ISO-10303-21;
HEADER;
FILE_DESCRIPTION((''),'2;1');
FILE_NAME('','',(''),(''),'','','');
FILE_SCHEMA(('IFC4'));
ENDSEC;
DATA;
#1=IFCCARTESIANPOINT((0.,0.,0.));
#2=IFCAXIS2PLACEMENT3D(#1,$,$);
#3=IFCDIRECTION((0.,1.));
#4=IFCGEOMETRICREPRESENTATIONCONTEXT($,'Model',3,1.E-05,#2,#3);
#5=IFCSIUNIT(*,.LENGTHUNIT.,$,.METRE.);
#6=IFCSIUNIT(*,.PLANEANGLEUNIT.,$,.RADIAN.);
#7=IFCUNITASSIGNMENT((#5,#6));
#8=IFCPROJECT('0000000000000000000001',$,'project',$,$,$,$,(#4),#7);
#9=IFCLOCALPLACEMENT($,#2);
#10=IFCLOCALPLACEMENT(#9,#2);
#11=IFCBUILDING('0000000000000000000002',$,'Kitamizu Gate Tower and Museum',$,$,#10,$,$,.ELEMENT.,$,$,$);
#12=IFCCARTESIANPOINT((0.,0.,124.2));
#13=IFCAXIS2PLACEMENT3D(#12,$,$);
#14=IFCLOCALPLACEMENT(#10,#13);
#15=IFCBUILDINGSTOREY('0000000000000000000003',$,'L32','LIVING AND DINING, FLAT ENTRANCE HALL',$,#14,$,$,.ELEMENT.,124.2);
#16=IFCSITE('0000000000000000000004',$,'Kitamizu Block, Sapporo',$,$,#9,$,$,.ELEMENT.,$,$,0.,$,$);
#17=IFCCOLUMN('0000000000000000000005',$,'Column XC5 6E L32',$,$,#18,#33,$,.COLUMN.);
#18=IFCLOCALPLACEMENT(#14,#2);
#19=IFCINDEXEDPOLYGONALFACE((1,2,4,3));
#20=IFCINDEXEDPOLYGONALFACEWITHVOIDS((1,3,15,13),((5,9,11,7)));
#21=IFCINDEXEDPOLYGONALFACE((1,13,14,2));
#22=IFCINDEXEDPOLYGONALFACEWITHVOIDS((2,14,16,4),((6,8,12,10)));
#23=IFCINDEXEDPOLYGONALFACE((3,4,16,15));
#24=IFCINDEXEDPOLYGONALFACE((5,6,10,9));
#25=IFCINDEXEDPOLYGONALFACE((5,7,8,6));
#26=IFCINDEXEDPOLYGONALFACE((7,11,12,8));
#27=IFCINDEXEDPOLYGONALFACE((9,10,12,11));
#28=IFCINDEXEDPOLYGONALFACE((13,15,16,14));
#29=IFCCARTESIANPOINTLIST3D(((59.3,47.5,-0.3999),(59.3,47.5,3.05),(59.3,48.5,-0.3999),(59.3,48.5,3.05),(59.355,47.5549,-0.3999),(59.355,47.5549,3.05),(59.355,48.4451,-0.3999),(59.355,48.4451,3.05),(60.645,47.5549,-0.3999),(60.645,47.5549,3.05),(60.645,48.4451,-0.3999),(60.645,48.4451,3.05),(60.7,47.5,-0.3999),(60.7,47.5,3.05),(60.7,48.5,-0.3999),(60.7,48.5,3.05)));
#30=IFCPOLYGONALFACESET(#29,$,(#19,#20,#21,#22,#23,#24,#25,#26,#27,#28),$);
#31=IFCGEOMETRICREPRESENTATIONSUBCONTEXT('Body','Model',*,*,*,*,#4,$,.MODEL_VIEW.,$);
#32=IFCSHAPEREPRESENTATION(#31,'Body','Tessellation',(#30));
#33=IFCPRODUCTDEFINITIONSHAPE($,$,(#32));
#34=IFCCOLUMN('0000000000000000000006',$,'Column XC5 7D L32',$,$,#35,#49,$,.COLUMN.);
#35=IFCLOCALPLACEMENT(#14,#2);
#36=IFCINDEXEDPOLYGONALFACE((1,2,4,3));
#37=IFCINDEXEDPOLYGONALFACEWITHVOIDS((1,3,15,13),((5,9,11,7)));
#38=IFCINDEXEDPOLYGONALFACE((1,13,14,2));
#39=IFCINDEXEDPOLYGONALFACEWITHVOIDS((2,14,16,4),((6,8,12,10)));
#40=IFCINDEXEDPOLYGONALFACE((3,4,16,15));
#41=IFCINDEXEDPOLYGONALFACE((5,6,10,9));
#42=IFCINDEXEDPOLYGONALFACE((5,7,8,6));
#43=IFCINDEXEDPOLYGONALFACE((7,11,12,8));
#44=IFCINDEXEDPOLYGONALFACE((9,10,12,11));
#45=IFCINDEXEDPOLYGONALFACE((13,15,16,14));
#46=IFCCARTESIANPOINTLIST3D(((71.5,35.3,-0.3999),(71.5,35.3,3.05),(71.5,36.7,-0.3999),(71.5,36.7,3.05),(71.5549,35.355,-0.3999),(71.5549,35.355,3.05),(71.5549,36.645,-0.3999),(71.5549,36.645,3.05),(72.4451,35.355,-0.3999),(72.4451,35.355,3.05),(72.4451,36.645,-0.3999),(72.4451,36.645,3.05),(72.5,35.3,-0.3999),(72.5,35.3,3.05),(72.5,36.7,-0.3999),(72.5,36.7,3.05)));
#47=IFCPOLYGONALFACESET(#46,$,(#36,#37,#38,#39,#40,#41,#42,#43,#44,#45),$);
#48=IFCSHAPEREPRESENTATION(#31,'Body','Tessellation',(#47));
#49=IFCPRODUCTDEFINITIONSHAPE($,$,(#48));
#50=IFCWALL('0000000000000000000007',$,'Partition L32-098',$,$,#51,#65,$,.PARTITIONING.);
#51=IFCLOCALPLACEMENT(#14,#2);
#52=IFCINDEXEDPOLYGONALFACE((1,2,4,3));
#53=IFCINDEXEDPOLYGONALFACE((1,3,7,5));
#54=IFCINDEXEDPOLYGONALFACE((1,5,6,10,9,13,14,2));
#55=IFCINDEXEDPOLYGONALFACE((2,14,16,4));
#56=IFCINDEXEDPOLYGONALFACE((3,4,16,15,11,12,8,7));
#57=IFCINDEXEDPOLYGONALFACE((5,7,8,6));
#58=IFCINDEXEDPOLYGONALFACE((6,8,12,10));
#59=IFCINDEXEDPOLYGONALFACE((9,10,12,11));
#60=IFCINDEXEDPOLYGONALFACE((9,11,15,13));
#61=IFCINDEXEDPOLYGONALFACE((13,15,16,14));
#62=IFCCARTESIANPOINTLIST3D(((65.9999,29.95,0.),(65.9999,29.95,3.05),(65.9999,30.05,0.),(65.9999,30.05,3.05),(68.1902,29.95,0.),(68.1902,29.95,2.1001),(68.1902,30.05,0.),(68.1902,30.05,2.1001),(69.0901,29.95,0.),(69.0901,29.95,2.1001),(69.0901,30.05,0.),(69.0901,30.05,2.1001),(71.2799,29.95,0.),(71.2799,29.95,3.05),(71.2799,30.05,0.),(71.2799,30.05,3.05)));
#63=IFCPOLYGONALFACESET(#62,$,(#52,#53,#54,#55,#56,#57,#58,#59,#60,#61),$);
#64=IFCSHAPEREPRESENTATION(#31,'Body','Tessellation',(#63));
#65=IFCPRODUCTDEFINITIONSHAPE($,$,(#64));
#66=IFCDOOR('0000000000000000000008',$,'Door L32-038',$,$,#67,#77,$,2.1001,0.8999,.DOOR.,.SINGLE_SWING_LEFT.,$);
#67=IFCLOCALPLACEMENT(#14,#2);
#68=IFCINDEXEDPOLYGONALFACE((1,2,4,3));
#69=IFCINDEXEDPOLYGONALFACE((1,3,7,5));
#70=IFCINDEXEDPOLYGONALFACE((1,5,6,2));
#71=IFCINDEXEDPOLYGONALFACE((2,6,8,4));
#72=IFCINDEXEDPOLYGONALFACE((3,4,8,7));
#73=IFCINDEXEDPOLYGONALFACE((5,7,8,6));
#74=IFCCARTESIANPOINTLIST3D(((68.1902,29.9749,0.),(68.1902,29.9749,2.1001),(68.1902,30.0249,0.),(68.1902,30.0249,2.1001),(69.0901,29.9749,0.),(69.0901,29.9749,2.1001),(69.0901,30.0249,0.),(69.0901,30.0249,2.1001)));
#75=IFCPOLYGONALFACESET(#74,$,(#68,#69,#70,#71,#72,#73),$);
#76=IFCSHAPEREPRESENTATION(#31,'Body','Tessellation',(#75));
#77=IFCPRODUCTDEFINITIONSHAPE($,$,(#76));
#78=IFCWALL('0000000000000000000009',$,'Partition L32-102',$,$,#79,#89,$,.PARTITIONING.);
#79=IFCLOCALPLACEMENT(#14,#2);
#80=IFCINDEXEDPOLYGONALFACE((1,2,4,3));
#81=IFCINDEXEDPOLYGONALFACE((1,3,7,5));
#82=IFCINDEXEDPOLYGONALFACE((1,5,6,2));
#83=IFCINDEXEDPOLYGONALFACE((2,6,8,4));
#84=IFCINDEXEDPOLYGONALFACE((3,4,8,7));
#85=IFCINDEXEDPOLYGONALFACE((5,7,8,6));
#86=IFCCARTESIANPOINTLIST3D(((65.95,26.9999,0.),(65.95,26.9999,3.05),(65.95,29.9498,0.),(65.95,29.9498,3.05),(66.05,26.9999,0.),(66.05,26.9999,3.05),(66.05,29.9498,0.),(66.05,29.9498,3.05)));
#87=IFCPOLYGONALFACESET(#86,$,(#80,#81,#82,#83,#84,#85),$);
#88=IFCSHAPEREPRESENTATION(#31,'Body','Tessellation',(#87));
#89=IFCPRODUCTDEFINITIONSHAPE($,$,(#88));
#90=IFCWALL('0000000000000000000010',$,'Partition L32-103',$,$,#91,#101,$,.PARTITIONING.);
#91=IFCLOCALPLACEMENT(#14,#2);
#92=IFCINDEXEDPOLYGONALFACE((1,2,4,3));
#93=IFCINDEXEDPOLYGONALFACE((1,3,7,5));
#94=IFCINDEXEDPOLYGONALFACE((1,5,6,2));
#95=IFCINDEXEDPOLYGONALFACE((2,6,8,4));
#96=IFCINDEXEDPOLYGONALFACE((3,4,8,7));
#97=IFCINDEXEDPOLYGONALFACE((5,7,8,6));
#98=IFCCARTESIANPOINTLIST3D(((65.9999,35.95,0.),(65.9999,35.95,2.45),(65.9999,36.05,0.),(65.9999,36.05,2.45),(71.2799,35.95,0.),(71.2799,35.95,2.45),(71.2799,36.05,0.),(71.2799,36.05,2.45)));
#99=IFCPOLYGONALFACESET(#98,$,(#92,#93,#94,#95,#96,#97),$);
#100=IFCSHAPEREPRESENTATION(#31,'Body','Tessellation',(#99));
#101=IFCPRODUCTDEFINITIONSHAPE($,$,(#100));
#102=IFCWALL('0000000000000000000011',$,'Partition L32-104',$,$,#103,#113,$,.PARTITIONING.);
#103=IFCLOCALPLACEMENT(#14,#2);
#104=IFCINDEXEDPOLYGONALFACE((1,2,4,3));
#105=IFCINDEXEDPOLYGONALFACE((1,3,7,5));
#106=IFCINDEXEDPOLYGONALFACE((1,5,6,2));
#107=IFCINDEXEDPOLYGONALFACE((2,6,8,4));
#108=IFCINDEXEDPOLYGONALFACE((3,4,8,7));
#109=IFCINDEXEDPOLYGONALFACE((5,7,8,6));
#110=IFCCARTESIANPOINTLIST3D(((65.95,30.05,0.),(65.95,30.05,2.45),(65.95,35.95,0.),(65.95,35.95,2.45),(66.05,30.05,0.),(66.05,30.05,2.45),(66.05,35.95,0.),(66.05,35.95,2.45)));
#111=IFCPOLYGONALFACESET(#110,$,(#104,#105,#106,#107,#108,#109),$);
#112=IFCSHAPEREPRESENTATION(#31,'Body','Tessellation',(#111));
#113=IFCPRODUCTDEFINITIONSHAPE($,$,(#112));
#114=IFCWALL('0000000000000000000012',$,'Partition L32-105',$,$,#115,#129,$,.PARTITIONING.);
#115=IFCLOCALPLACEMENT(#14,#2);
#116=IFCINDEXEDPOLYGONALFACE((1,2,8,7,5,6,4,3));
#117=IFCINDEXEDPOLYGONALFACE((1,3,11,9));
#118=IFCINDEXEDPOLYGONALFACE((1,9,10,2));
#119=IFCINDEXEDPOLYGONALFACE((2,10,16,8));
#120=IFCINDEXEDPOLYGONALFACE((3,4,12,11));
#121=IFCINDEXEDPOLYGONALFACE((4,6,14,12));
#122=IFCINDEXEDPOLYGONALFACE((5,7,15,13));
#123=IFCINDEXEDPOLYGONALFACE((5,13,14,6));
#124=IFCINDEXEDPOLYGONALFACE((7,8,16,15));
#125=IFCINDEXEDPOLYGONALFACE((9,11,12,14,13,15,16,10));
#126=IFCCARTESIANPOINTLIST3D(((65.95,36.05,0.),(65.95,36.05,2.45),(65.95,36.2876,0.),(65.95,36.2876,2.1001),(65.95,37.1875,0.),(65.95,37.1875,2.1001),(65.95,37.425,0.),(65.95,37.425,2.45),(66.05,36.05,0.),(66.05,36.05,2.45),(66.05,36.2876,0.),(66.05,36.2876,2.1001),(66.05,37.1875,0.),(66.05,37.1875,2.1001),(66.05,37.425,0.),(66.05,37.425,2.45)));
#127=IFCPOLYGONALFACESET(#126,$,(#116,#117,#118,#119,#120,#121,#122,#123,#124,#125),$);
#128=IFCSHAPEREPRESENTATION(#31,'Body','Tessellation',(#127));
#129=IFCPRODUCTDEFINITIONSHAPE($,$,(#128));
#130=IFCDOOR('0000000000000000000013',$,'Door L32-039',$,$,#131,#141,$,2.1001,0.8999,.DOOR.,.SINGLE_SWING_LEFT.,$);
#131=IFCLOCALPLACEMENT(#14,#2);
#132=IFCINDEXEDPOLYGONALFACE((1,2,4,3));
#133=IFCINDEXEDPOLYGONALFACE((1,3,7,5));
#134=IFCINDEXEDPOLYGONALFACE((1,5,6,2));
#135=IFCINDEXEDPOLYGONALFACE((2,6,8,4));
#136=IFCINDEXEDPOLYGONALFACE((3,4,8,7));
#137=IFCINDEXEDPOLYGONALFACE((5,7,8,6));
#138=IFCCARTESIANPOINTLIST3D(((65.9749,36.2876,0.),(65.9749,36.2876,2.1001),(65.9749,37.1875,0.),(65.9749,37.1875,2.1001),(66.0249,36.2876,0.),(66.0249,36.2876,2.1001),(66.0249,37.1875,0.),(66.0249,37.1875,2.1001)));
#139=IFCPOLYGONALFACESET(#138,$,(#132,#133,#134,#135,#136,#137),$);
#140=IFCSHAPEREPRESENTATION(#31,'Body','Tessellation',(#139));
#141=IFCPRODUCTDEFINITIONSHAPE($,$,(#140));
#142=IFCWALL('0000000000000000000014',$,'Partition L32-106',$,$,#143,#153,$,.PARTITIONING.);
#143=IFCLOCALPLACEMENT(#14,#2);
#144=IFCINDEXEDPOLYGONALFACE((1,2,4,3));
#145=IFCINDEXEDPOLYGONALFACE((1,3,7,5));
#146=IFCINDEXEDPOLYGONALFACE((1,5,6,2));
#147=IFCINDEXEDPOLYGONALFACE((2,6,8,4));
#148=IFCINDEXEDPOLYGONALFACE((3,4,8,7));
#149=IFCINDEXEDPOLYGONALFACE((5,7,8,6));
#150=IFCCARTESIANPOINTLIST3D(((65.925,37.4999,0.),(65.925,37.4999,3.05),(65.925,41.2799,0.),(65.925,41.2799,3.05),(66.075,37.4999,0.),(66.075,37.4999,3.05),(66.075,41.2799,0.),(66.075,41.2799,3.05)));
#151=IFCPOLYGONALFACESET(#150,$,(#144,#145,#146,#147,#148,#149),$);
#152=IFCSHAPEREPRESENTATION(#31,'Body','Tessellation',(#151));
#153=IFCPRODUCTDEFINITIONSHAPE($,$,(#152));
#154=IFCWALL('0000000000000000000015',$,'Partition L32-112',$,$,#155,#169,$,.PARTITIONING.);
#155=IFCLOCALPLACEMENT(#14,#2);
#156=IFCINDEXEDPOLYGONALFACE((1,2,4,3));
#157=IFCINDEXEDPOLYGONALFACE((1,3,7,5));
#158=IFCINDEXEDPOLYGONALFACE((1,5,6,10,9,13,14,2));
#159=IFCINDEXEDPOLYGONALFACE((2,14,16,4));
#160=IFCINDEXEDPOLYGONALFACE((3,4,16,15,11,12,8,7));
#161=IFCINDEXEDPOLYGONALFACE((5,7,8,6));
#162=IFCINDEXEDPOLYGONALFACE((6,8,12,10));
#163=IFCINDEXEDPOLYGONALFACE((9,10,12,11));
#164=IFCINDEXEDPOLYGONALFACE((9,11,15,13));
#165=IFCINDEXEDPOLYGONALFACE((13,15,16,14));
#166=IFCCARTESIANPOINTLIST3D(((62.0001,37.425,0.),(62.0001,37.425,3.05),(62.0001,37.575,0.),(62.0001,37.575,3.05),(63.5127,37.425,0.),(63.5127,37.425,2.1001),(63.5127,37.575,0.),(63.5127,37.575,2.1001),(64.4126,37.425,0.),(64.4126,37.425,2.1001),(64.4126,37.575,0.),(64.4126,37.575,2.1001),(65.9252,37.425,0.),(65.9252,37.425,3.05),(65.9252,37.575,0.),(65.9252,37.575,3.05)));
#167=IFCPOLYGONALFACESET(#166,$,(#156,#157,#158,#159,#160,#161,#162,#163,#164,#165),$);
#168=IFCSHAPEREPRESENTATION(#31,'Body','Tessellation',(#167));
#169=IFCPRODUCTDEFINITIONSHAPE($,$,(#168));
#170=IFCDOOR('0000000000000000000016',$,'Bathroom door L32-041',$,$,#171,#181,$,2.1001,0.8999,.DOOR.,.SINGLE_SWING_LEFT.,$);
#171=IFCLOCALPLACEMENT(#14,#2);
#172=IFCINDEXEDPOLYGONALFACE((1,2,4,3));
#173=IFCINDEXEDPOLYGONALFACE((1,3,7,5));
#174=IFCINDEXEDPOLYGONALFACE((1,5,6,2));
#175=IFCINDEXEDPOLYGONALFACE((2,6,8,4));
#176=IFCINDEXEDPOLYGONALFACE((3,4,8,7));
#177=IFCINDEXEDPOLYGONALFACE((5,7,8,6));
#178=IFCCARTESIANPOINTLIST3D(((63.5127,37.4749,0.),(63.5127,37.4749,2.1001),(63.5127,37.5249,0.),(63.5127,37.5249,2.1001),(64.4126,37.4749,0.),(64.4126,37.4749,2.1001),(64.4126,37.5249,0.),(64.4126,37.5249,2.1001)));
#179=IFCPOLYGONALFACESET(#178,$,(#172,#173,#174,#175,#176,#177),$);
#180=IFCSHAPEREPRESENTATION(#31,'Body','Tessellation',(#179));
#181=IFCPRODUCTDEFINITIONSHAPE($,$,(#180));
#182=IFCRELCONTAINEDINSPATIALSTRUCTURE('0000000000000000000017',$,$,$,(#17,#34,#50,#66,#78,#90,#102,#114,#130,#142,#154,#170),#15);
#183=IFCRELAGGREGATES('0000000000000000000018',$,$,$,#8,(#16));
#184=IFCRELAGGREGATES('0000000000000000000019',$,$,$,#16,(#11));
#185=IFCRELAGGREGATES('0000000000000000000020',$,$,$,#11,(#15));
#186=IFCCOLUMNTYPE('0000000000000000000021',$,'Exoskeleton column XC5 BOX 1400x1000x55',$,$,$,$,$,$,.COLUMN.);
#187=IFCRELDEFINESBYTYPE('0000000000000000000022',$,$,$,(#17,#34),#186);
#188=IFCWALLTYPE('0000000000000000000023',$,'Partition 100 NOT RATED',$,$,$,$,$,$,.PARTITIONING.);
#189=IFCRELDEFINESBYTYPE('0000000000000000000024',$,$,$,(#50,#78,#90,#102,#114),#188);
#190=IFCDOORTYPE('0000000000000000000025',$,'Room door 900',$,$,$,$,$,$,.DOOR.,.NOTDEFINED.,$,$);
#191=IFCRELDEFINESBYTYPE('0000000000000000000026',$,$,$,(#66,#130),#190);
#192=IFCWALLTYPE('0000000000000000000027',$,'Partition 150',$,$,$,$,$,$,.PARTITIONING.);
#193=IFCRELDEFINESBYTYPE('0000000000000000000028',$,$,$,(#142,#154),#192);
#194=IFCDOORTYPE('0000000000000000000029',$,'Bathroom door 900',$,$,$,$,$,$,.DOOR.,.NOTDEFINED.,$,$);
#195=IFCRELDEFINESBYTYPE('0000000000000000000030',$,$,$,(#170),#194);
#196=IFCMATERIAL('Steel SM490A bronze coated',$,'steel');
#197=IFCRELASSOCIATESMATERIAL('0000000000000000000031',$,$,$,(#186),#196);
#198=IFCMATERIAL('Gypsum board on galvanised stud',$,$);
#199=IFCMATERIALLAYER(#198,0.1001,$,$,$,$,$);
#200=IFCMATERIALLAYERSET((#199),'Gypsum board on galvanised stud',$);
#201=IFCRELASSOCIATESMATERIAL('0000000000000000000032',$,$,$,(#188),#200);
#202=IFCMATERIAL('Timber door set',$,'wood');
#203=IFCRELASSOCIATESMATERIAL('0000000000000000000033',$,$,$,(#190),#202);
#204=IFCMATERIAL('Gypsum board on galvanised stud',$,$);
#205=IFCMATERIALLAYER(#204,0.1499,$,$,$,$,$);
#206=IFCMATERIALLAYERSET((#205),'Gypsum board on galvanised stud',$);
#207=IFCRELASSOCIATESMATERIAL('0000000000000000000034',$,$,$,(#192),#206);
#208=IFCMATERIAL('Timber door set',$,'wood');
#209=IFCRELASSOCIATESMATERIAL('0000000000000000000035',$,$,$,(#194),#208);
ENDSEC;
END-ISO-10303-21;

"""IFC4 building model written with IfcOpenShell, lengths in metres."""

from ifc_helpers import new_model, si_unit, direction, frame, frame_2d, origin, origin_2d, place, context, subcontext, project, spatial, rectangle, hollow_rectangle, extrude, material, layer, layer_set, material_profile, profile_set, type_object, element, fill, save


model = new_model("IFC4")

# Units and contexts
model_context = context("Model", 3, precision=1e-05, world=origin(), true_north=direction((0.0, 1.0)))
body_context = subcontext(model_context, "Body", "Model", "MODEL_VIEW")
ifc_project = project(units=[si_unit("LENGTHUNIT", "METRE"), si_unit("PLANEANGLEUNIT", "RADIAN")], contexts=[model_context])

# Site, building, storey
site_placement = place(None, origin())
site = spatial("IfcSite", under=ifc_project, at=site_placement, Name="Kitamizu Block, Sapporo", CompositionType="ELEMENT", RefElevation=0.0)
building_placement = place(site_placement, origin())
building = spatial("IfcBuilding", under=site, at=building_placement, Name="Kitamizu Gate Tower and Museum", CompositionType="ELEMENT")
storey_placement = place(building_placement, frame((0.0, 0.0, 124.2)))
storey = spatial("IfcBuildingStorey", under=building, at=storey_placement, Name="L32", Description="LIVING AND DINING, FLAT ENTRANCE HALL", CompositionType="ELEMENT", Elevation=124.2)

# Columns
ifc_material_1 = material(Name="Steel SM490A bronze coated", Category="steel")
ifc_material_profile = material_profile(ifc_material_1, hollow_rectangle(XDim=1.3999, YDim=1.0, WallThickness=0.0549, at=origin_2d()), Name="BOX 1400x1000x55")
ifc_profile_set = profile_set([ifc_material_profile], Name="Steel SM490A bronze coated")
column_type = type_object("IfcColumnType", Name="Exoskeleton column XC5 BOX 1400x1000x55", PredefinedType="COLUMN", material=ifc_profile_set)
for number, where, z_axis, x_axis, name in (
    (1, (60.0, 48.0, -0.3999), (0.0, 0.0, 1.0), (1.0, 0.0, 0.0), "Column XC5 6E L32"),
    (2, (72.0, 36.0, -0.3999), (0.0, 0.0, 1.0), (0.0, 1.0, 0.0), "Column XC5 7D L32"),
):
    element("IfcColumn", number, at=place(storey_placement, frame(where, z_axis=z_axis, x_axis=x_axis)), inside=storey, type_object=column_type, Name=name, PredefinedType="COLUMN", context=body_context, shape_type="SweptSolid", body=[
        extrude(hollow_rectangle(XDim=1.3999, YDim=1.0, WallThickness=0.0549, at=origin_2d()), origin(), (0.0, 0.0, 1.0), 3.45),
    ])

# Wall, opening, door
ifc_material_2 = material(Name="Gypsum board on galvanised stud")
ifc_layer_1 = layer(ifc_material_2, 0.1001)
ifc_layer_set_1 = layer_set([ifc_layer_1], Name="Gypsum board on galvanised stud")
wall_type_1 = type_object("IfcWallType", Name="Partition 100 NOT RATED", PredefinedType="PARTITIONING", material=ifc_layer_set_1)
wall_1_placement = place(storey_placement, frame((71.28, 30.0, 0.0), z_axis=(0.0, 0.0, 1.0), x_axis=(-1.0, 0.0, 0.0)))
wall_1 = element("IfcWall", 3, at=wall_1_placement, inside=storey, type_object=wall_type_1, Name="Partition L32-098", PredefinedType="PARTITIONING", context=body_context, shape_type="SweptSolid", body=[
    extrude(rectangle(XDim=5.28, YDim=0.1001, at=frame_2d((2.6401, 0.0))), origin(), (0.0, 0.0, 1.0), 3.05),
])
opening_1_placement = place(wall_1_placement, frame((2.1899, 0.0, 0.0)))
opening_1 = element("IfcOpeningElement", 4, at=opening_1_placement, cuts=wall_1, PredefinedType="OPENING", context=body_context, shape_type="SweptSolid", body=[
    extrude(rectangle(XDim=0.8999, YDim=2.1001, at=frame_2d((0.45, 1.05))), frame((0.0, 0.0601, 0.0), z_axis=(0.0, -1.0, 0.0), x_axis=(1.0, 0.0, 0.0)), (0.0, 0.0, 1.0), 0.1201),
])
ifc_material_3 = material(Name="Timber door set", Category="wood")
door_type_1 = type_object("IfcDoorType", Name="Room door 900", OperationType="NOTDEFINED", PredefinedType="DOOR", material=ifc_material_3)
door_1_placement = place(opening_1_placement, frame((0.8999, 0.0, 0.0), x_axis=(-1.0, 0.0, 0.0)))
door_1 = element("IfcDoor", 5, at=door_1_placement, inside=storey, type_object=door_type_1, Name="Door L32-038", OperationType="SINGLE_SWING_LEFT", OverallHeight=2.1001, OverallWidth=0.8999, PredefinedType="DOOR", context=body_context, shape_type="SweptSolid", body=[
    extrude(rectangle(XDim=0.8999, YDim=2.1001, at=frame_2d((0.45, 1.05))), frame((0.0, 0.0249, 0.0), z_axis=(0.0, -1.0, 0.0), x_axis=(1.0, 0.0, 0.0)), (0.0, 0.0, 1.0), 0.05),
])
fill(opening_1, door_1)

# Walls
wall_2_placement = place(storey_placement, frame((66.0, 29.95, 0.0), z_axis=(0.0, 0.0, 1.0), x_axis=(0.0, -1.0, 0.0)))
element("IfcWall", 6, at=wall_2_placement, inside=storey, type_object=wall_type_1, Name="Partition L32-102", PredefinedType="PARTITIONING", context=body_context, shape_type="SweptSolid", body=[
    extrude(rectangle(XDim=2.95, YDim=0.1001, at=frame_2d((1.4751, 0.0))), origin(), (0.0, 0.0, 1.0), 3.05),
])
wall_3_placement = place(storey_placement, frame((71.28, 36.0, 0.0), z_axis=(0.0, 0.0, 1.0), x_axis=(-1.0, 0.0, 0.0)))
element("IfcWall", 7, at=wall_3_placement, inside=storey, type_object=wall_type_1, Name="Partition L32-103", PredefinedType="PARTITIONING", context=body_context, shape_type="SweptSolid", body=[
    extrude(rectangle(XDim=5.28, YDim=0.1001, at=frame_2d((2.6401, 0.0))), origin(), (0.0, 0.0, 1.0), 2.45),
])
wall_4_placement = place(storey_placement, frame((66.0, 35.95, 0.0), z_axis=(0.0, 0.0, 1.0), x_axis=(0.0, -1.0, 0.0)))
element("IfcWall", 8, at=wall_4_placement, inside=storey, type_object=wall_type_1, Name="Partition L32-104", PredefinedType="PARTITIONING", context=body_context, shape_type="SweptSolid", body=[
    extrude(rectangle(XDim=5.8999, YDim=0.1001, at=frame_2d((2.95, 0.0))), origin(), (0.0, 0.0, 1.0), 2.45),
])

# Wall, opening, door
wall_5_placement = place(storey_placement, frame((66.0, 37.425, 0.0), z_axis=(0.0, 0.0, 1.0), x_axis=(0.0, -1.0, 0.0)))
wall_5 = element("IfcWall", 9, at=wall_5_placement, inside=storey, type_object=wall_type_1, Name="Partition L32-105", PredefinedType="PARTITIONING", context=body_context, shape_type="SweptSolid", body=[
    extrude(rectangle(XDim=1.375, YDim=0.1001, at=frame_2d((0.6875, 0.0))), origin(), (0.0, 0.0, 1.0), 2.45),
])
opening_2_placement = place(wall_5_placement, frame((0.2375, 0.0, 0.0)))
opening_2 = element("IfcOpeningElement", 10, at=opening_2_placement, cuts=wall_5, PredefinedType="OPENING", context=body_context, shape_type="SweptSolid", body=[
    extrude(rectangle(XDim=0.8999, YDim=2.1001, at=frame_2d((0.45, 1.05))), frame((0.0, 0.0601, 0.0), z_axis=(0.0, -1.0, 0.0), x_axis=(1.0, 0.0, 0.0)), (0.0, 0.0, 1.0), 0.1201),
])
door_2_placement = place(opening_2_placement, origin())
door_2 = element("IfcDoor", 11, at=door_2_placement, inside=storey, type_object=door_type_1, Name="Door L32-039", OperationType="SINGLE_SWING_LEFT", OverallHeight=2.1001, OverallWidth=0.8999, PredefinedType="DOOR", context=body_context, shape_type="SweptSolid", body=[
    extrude(rectangle(XDim=0.8999, YDim=2.1001, at=frame_2d((0.45, 1.05))), frame((0.0, 0.0249, 0.0), z_axis=(0.0, -1.0, 0.0), x_axis=(1.0, 0.0, 0.0)), (0.0, 0.0, 1.0), 0.05),
])
fill(opening_2, door_2)

# Wall
ifc_material_4 = material(Name="Gypsum board on galvanised stud")
ifc_layer_2 = layer(ifc_material_4, 0.1499)
ifc_layer_set_2 = layer_set([ifc_layer_2], Name="Gypsum board on galvanised stud")
wall_type_2 = type_object("IfcWallType", Name="Partition 150", PredefinedType="PARTITIONING", material=ifc_layer_set_2)
wall_6_placement = place(storey_placement, frame((66.0, 41.28, 0.0), z_axis=(0.0, 0.0, 1.0), x_axis=(0.0, -1.0, 0.0)))
element("IfcWall", 12, at=wall_6_placement, inside=storey, type_object=wall_type_2, Name="Partition L32-106", PredefinedType="PARTITIONING", context=body_context, shape_type="SweptSolid", body=[
    extrude(rectangle(XDim=3.78, YDim=0.1499, at=frame_2d((1.8901, 0.0))), origin(), (0.0, 0.0, 1.0), 3.05),
])

# Wall, opening, door
wall_7_placement = place(storey_placement, frame((65.925, 37.5, 0.0), z_axis=(0.0, 0.0, 1.0), x_axis=(-1.0, 0.0, 0.0)))
wall_7 = element("IfcWall", 13, at=wall_7_placement, inside=storey, type_object=wall_type_2, Name="Partition L32-112", PredefinedType="PARTITIONING", context=body_context, shape_type="SweptSolid", body=[
    extrude(rectangle(XDim=3.925, YDim=0.1499, at=frame_2d((1.9624, 0.0))), origin(), (0.0, 0.0, 1.0), 3.05),
])
opening_3_placement = place(wall_7_placement, frame((1.5125, 0.0, 0.0)))
opening_3 = element("IfcOpeningElement", 14, at=opening_3_placement, cuts=wall_7, PredefinedType="OPENING", context=body_context, shape_type="SweptSolid", body=[
    extrude(rectangle(XDim=0.8999, YDim=2.1001, at=frame_2d((0.45, 1.05))), frame((0.0, 0.085, 0.0), z_axis=(0.0, -1.0, 0.0), x_axis=(1.0, 0.0, 0.0)), (0.0, 0.0, 1.0), 0.1699),
])
ifc_material_5 = material(Name="Timber door set", Category="wood")
door_type_2 = type_object("IfcDoorType", Name="Bathroom door 900", OperationType="NOTDEFINED", PredefinedType="DOOR", material=ifc_material_5)
door_3_placement = place(opening_3_placement, frame((0.8999, 0.0, 0.0), x_axis=(-1.0, 0.0, 0.0)))
door_3 = element("IfcDoor", 15, at=door_3_placement, inside=storey, type_object=door_type_2, Name="Bathroom door L32-041", OperationType="SINGLE_SWING_LEFT", OverallHeight=2.1001, OverallWidth=0.8999, PredefinedType="DOOR", context=body_context, shape_type="SweptSolid", body=[
    extrude(rectangle(XDim=0.8999, YDim=2.1001, at=frame_2d((0.45, 1.05))), frame((0.0, 0.0249, 0.0), z_axis=(0.0, -1.0, 0.0), x_axis=(1.0, 0.0, 0.0)), (0.0, 0.0, 1.0), 0.05),
])
fill(opening_3, door_3)

save(model, "model.ifc")
